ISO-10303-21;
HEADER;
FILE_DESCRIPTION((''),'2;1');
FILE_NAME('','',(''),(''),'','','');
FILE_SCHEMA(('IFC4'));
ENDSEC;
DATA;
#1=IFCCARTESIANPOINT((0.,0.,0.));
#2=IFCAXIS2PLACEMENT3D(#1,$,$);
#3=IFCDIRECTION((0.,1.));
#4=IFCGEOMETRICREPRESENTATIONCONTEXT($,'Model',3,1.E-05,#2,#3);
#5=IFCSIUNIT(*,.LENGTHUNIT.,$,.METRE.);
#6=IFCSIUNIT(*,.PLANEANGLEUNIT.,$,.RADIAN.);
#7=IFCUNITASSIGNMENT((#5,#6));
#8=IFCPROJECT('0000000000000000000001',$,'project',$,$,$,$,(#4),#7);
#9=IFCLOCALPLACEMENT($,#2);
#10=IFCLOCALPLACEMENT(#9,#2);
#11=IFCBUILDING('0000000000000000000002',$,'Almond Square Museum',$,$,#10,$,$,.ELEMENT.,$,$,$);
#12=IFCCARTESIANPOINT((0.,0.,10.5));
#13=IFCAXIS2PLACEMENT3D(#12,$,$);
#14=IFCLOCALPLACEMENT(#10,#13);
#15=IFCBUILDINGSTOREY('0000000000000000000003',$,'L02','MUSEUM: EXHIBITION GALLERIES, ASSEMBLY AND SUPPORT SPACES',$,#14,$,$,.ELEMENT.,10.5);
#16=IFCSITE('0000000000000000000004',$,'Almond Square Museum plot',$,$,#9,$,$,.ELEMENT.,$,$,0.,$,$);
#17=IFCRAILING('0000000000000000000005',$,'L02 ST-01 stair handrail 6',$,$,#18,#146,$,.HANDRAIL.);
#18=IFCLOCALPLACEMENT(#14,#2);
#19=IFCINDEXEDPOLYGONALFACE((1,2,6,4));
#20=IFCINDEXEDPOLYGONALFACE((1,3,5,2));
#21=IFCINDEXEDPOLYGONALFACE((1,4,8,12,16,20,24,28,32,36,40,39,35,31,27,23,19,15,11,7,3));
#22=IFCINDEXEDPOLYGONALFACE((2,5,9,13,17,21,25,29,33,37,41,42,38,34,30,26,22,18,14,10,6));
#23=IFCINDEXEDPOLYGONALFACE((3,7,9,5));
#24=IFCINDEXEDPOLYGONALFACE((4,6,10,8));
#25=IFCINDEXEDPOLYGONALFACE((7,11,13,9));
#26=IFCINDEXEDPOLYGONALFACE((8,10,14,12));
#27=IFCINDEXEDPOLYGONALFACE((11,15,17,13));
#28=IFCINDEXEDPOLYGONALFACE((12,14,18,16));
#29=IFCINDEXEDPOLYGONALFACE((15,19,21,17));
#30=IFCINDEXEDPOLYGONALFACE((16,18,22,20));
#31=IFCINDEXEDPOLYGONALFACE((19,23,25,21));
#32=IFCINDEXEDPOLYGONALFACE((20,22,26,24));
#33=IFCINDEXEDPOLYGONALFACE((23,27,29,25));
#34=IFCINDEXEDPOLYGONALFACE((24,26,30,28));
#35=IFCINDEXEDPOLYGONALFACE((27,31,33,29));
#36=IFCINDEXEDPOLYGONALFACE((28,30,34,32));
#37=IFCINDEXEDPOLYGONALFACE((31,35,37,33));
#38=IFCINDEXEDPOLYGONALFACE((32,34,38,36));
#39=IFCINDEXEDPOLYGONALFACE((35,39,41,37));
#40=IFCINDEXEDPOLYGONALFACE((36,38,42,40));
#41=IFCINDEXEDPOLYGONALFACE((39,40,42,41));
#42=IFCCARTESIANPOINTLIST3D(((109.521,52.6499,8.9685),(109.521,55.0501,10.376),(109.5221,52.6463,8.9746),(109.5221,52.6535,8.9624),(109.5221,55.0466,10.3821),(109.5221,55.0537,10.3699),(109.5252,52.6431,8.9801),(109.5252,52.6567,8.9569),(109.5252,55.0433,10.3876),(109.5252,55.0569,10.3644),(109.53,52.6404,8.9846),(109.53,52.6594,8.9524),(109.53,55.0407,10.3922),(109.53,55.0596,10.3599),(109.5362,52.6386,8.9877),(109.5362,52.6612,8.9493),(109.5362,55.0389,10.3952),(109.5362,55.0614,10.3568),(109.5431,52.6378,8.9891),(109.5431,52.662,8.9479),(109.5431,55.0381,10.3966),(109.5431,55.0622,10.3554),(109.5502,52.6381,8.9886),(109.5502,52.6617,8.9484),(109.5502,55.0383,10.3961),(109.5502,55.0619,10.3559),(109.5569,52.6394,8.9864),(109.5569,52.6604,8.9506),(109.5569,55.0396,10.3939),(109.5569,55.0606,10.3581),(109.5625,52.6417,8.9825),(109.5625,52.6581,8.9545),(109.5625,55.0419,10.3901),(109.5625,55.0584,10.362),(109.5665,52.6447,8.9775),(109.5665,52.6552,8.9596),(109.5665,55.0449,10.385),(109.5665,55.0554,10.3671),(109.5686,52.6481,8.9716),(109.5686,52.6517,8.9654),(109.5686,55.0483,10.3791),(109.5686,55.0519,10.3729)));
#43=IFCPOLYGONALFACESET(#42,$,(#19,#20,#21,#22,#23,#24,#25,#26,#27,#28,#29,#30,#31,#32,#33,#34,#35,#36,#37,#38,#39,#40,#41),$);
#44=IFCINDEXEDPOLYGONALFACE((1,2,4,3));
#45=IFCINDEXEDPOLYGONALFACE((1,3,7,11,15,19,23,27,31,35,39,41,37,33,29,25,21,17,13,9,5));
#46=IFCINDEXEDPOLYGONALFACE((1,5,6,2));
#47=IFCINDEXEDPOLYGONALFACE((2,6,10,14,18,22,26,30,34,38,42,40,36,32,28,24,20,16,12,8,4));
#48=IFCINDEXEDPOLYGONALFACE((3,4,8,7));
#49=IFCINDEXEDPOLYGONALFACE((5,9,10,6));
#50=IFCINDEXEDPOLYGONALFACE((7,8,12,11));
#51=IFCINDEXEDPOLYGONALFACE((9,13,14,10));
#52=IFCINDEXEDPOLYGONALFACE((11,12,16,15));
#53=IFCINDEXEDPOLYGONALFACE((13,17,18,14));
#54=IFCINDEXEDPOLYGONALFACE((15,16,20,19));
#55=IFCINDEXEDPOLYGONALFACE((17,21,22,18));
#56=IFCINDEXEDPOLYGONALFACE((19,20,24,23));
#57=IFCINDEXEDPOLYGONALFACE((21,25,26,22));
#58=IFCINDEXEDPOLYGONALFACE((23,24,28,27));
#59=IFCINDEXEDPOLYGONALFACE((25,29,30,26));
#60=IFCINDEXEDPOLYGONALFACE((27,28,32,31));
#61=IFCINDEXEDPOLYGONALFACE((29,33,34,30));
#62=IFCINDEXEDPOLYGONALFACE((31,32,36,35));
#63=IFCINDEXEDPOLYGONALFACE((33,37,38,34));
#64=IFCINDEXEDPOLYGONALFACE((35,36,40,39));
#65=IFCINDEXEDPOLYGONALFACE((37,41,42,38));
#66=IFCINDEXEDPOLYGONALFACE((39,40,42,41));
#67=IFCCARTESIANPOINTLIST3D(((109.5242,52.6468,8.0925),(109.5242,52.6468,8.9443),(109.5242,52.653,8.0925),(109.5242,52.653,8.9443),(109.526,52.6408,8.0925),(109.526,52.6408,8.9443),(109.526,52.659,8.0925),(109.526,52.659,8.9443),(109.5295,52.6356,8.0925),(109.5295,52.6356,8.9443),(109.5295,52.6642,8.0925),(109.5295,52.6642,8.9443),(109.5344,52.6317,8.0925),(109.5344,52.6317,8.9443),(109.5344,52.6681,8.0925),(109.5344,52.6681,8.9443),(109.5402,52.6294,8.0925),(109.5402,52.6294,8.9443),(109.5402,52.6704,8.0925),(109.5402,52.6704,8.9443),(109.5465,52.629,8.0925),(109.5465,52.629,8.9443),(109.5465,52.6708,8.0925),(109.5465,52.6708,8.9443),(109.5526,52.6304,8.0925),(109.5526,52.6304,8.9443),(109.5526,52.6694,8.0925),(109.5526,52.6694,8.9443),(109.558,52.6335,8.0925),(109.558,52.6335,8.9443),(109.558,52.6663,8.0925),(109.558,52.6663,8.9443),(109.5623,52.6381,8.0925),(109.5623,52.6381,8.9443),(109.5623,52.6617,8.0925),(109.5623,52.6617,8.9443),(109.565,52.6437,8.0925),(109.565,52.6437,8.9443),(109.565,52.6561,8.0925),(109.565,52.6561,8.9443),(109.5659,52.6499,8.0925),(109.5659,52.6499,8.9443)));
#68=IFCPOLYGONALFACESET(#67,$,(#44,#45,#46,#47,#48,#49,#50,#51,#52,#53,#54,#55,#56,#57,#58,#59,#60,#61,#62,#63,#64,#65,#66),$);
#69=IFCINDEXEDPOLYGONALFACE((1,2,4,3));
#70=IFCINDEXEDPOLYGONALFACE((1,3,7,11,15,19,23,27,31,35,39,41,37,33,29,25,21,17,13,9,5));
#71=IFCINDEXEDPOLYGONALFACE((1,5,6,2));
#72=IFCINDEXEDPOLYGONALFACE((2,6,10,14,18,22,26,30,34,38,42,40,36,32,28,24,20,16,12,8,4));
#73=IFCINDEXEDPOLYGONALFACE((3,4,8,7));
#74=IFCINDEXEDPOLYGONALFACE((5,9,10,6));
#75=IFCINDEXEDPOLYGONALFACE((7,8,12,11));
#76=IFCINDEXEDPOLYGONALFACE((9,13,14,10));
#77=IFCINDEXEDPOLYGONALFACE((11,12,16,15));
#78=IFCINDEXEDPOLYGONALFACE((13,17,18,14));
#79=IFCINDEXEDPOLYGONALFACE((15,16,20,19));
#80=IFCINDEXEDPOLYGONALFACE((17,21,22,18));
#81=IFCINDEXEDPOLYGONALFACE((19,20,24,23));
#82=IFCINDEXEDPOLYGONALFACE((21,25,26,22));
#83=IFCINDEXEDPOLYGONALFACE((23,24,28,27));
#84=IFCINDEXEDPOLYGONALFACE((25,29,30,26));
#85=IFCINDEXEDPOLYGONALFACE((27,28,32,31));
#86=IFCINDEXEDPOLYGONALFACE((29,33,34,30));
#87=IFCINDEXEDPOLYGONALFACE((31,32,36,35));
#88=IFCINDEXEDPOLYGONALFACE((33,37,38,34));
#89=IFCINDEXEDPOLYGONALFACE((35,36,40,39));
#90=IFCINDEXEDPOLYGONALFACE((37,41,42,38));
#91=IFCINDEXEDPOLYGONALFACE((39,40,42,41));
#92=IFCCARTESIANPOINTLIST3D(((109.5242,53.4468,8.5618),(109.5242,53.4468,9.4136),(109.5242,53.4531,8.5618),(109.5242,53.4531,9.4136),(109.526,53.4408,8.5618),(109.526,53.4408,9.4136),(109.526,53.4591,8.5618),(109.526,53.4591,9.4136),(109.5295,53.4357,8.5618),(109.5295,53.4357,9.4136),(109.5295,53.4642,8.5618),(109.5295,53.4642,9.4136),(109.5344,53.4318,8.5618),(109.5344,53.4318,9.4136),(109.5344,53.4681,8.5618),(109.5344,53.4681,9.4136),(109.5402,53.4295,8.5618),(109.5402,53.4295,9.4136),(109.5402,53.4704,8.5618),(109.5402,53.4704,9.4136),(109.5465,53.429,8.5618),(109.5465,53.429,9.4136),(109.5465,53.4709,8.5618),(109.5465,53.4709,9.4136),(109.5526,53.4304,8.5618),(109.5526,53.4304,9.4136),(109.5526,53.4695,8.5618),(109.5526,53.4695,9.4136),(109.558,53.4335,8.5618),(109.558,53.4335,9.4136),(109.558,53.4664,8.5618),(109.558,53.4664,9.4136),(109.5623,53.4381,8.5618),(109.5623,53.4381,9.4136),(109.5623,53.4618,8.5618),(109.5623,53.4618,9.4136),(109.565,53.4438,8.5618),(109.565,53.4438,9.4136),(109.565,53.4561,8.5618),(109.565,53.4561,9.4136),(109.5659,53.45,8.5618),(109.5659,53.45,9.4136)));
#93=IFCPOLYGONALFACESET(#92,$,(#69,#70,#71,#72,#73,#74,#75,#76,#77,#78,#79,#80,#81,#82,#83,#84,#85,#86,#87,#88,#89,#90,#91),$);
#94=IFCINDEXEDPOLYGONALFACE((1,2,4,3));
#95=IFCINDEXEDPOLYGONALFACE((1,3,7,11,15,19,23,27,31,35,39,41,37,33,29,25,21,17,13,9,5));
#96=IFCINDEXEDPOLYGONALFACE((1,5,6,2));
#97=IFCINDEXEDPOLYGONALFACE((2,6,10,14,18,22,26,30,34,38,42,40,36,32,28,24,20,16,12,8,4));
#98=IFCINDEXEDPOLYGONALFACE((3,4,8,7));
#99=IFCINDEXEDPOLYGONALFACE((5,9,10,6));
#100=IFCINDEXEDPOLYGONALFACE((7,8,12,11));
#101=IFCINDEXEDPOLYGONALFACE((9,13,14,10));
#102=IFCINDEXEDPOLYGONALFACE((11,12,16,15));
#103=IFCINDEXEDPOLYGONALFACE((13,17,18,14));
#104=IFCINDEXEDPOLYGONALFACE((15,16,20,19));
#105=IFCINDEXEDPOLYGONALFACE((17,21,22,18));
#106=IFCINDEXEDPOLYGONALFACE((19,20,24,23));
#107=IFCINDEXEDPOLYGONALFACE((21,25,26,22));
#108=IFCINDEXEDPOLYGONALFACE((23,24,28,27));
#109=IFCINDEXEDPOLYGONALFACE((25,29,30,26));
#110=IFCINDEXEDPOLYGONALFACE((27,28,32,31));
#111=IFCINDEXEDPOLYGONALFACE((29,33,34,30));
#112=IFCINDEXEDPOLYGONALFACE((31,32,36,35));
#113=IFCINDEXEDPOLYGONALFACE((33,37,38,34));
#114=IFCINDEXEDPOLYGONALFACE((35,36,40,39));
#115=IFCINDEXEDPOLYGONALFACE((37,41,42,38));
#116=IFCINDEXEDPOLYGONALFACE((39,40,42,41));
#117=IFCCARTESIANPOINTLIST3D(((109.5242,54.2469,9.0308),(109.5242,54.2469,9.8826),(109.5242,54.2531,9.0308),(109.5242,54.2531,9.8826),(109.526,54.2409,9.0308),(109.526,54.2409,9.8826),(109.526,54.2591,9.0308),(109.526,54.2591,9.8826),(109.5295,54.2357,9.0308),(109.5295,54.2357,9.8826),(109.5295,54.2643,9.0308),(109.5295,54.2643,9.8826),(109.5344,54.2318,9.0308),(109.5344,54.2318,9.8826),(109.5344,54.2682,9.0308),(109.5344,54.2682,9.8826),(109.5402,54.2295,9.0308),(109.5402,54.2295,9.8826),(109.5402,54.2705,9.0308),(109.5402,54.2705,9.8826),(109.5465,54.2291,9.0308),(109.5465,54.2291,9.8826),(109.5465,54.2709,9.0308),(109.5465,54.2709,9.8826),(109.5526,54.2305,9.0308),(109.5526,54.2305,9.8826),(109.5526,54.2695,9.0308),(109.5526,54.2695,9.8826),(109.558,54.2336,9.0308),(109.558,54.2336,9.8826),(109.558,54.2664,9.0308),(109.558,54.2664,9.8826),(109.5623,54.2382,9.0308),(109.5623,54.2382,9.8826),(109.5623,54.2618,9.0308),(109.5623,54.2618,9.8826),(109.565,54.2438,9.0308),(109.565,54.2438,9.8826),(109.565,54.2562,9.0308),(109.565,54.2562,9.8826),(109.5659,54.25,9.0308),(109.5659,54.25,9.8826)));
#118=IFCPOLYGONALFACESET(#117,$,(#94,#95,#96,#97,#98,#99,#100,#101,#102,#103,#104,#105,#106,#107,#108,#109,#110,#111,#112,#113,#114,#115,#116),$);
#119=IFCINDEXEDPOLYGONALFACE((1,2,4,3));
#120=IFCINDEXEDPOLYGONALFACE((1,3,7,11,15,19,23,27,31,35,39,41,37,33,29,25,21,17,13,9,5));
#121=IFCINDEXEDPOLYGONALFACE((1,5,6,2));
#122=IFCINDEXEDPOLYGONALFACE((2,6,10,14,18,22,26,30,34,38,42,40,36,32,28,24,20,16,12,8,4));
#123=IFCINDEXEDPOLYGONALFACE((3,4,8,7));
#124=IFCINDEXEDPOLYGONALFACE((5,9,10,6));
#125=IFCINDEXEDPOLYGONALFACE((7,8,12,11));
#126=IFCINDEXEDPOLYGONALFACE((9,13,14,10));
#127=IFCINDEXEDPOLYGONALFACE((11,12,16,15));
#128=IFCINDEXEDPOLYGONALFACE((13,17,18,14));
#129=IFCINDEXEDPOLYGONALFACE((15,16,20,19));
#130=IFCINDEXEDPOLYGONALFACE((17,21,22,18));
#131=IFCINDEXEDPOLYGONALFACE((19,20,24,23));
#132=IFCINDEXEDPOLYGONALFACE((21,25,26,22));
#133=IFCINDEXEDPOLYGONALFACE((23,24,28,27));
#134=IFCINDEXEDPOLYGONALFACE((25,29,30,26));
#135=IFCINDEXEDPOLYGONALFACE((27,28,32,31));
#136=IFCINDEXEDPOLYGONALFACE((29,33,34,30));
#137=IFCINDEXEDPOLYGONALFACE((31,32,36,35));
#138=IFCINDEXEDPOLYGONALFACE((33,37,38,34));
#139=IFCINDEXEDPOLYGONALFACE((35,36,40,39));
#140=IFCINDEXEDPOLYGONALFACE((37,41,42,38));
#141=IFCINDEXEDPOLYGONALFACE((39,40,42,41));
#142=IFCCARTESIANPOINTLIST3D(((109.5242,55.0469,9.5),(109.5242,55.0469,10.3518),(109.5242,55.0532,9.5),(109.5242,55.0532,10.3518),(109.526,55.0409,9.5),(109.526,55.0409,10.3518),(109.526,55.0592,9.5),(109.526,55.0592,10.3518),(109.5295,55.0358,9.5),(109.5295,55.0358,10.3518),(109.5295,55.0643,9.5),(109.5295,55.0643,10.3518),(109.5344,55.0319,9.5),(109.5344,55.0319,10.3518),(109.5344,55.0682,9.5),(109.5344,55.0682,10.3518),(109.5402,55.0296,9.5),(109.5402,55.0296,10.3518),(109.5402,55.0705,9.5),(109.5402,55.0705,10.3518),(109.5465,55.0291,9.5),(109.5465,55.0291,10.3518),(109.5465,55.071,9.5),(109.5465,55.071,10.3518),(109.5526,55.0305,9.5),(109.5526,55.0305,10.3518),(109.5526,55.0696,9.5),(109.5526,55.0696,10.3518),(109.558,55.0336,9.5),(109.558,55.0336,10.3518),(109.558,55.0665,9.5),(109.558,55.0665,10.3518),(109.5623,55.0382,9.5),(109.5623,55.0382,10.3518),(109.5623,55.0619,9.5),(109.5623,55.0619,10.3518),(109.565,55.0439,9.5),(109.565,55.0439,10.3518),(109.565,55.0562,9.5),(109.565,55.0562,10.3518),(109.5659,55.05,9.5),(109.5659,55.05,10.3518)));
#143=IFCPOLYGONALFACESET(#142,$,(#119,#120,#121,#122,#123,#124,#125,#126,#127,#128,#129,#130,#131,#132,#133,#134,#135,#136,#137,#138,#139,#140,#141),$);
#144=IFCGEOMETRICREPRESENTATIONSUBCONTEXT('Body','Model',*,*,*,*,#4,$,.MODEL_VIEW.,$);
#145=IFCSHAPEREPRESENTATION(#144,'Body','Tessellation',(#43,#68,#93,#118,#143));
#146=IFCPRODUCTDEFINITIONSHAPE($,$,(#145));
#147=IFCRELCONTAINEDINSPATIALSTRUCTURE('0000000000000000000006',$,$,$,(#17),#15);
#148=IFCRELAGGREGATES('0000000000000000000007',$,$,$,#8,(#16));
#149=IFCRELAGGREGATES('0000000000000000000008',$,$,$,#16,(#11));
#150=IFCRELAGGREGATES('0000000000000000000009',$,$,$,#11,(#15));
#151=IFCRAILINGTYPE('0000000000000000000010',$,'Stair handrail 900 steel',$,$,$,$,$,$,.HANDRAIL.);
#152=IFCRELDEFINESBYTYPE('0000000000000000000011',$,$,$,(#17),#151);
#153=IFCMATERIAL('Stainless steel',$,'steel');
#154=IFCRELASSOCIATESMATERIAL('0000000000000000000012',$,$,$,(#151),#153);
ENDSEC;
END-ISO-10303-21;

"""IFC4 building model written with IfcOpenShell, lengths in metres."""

from ifc_helpers import new_model, si_unit, direction, frame, origin, origin_2d, place, context, subcontext, project, spatial, circle, extrude, material, type_object, element, save


model = new_model("IFC4")

# Units and contexts
model_context = context("Model", 3, precision=1e-05, world=origin(), true_north=direction((0.0, 1.0)))
body_context = subcontext(model_context, "Body", "Model", "MODEL_VIEW")
ifc_project = project(units=[si_unit("LENGTHUNIT", "METRE"), si_unit("PLANEANGLEUNIT", "RADIAN")], contexts=[model_context])

# Site, building, storey
site_placement = place(None, origin())
site = spatial("IfcSite", under=ifc_project, at=site_placement, Name="Almond Square Museum plot", CompositionType="ELEMENT", RefElevation=0.0)
building_placement = place(site_placement, origin())
building = spatial("IfcBuilding", under=site, at=building_placement, Name="Almond Square Museum", CompositionType="ELEMENT")
storey_placement = place(building_placement, frame((0.0, 0.0, 10.5)))
storey = spatial("IfcBuildingStorey", under=building, at=storey_placement, Name="L02", Description="MUSEUM: EXHIBITION GALLERIES, ASSEMBLY AND SUPPORT SPACES", CompositionType="ELEMENT", Elevation=10.5)

# Railing
ifc_material_1 = material(Name="Stainless steel", Category="steel")
railing_type_1 = type_object("IfcRailingType", Name="Stair handrail 900 steel", PredefinedType="HANDRAIL", material=ifc_material_1)
railing_1_placement = place(storey_placement, frame((109.5449, 52.6499, 8.0925)))
element("IfcRailing", 1, at=railing_1_placement, inside=storey, type_object=railing_type_1, Name="L02 ST-01 stair handrail 6", PredefinedType="HANDRAIL", context=body_context, shape_type="SweptSolid", body=[
    extrude(circle(Radius=0.0239, at=origin_2d()), frame((0.0, 0.0, 0.876), z_axis=(0.0, 0.862621, 0.50585), x_axis=(-1.0, 0.0, 0.0)), (0.0, 0.0, 1.0), 2.7825),
    extrude(circle(Radius=0.021, at=origin_2d()), origin(), (0.0, 0.0, 1.0), 0.8518),
    extrude(circle(Radius=0.021, at=origin_2d()), frame((0.0, 0.8, 0.4692)), (0.0, 0.0, 1.0), 0.8518),
    extrude(circle(Radius=0.021, at=origin_2d()), frame((0.0, 1.6001, 0.9382)), (0.0, 0.0, 1.0), 0.8518),
    extrude(circle(Radius=0.021, at=origin_2d()), frame((0.0, 2.4001, 1.4075)), (0.0, 0.0, 1.0), 0.8518),
])

save(model, "model.ifc")
